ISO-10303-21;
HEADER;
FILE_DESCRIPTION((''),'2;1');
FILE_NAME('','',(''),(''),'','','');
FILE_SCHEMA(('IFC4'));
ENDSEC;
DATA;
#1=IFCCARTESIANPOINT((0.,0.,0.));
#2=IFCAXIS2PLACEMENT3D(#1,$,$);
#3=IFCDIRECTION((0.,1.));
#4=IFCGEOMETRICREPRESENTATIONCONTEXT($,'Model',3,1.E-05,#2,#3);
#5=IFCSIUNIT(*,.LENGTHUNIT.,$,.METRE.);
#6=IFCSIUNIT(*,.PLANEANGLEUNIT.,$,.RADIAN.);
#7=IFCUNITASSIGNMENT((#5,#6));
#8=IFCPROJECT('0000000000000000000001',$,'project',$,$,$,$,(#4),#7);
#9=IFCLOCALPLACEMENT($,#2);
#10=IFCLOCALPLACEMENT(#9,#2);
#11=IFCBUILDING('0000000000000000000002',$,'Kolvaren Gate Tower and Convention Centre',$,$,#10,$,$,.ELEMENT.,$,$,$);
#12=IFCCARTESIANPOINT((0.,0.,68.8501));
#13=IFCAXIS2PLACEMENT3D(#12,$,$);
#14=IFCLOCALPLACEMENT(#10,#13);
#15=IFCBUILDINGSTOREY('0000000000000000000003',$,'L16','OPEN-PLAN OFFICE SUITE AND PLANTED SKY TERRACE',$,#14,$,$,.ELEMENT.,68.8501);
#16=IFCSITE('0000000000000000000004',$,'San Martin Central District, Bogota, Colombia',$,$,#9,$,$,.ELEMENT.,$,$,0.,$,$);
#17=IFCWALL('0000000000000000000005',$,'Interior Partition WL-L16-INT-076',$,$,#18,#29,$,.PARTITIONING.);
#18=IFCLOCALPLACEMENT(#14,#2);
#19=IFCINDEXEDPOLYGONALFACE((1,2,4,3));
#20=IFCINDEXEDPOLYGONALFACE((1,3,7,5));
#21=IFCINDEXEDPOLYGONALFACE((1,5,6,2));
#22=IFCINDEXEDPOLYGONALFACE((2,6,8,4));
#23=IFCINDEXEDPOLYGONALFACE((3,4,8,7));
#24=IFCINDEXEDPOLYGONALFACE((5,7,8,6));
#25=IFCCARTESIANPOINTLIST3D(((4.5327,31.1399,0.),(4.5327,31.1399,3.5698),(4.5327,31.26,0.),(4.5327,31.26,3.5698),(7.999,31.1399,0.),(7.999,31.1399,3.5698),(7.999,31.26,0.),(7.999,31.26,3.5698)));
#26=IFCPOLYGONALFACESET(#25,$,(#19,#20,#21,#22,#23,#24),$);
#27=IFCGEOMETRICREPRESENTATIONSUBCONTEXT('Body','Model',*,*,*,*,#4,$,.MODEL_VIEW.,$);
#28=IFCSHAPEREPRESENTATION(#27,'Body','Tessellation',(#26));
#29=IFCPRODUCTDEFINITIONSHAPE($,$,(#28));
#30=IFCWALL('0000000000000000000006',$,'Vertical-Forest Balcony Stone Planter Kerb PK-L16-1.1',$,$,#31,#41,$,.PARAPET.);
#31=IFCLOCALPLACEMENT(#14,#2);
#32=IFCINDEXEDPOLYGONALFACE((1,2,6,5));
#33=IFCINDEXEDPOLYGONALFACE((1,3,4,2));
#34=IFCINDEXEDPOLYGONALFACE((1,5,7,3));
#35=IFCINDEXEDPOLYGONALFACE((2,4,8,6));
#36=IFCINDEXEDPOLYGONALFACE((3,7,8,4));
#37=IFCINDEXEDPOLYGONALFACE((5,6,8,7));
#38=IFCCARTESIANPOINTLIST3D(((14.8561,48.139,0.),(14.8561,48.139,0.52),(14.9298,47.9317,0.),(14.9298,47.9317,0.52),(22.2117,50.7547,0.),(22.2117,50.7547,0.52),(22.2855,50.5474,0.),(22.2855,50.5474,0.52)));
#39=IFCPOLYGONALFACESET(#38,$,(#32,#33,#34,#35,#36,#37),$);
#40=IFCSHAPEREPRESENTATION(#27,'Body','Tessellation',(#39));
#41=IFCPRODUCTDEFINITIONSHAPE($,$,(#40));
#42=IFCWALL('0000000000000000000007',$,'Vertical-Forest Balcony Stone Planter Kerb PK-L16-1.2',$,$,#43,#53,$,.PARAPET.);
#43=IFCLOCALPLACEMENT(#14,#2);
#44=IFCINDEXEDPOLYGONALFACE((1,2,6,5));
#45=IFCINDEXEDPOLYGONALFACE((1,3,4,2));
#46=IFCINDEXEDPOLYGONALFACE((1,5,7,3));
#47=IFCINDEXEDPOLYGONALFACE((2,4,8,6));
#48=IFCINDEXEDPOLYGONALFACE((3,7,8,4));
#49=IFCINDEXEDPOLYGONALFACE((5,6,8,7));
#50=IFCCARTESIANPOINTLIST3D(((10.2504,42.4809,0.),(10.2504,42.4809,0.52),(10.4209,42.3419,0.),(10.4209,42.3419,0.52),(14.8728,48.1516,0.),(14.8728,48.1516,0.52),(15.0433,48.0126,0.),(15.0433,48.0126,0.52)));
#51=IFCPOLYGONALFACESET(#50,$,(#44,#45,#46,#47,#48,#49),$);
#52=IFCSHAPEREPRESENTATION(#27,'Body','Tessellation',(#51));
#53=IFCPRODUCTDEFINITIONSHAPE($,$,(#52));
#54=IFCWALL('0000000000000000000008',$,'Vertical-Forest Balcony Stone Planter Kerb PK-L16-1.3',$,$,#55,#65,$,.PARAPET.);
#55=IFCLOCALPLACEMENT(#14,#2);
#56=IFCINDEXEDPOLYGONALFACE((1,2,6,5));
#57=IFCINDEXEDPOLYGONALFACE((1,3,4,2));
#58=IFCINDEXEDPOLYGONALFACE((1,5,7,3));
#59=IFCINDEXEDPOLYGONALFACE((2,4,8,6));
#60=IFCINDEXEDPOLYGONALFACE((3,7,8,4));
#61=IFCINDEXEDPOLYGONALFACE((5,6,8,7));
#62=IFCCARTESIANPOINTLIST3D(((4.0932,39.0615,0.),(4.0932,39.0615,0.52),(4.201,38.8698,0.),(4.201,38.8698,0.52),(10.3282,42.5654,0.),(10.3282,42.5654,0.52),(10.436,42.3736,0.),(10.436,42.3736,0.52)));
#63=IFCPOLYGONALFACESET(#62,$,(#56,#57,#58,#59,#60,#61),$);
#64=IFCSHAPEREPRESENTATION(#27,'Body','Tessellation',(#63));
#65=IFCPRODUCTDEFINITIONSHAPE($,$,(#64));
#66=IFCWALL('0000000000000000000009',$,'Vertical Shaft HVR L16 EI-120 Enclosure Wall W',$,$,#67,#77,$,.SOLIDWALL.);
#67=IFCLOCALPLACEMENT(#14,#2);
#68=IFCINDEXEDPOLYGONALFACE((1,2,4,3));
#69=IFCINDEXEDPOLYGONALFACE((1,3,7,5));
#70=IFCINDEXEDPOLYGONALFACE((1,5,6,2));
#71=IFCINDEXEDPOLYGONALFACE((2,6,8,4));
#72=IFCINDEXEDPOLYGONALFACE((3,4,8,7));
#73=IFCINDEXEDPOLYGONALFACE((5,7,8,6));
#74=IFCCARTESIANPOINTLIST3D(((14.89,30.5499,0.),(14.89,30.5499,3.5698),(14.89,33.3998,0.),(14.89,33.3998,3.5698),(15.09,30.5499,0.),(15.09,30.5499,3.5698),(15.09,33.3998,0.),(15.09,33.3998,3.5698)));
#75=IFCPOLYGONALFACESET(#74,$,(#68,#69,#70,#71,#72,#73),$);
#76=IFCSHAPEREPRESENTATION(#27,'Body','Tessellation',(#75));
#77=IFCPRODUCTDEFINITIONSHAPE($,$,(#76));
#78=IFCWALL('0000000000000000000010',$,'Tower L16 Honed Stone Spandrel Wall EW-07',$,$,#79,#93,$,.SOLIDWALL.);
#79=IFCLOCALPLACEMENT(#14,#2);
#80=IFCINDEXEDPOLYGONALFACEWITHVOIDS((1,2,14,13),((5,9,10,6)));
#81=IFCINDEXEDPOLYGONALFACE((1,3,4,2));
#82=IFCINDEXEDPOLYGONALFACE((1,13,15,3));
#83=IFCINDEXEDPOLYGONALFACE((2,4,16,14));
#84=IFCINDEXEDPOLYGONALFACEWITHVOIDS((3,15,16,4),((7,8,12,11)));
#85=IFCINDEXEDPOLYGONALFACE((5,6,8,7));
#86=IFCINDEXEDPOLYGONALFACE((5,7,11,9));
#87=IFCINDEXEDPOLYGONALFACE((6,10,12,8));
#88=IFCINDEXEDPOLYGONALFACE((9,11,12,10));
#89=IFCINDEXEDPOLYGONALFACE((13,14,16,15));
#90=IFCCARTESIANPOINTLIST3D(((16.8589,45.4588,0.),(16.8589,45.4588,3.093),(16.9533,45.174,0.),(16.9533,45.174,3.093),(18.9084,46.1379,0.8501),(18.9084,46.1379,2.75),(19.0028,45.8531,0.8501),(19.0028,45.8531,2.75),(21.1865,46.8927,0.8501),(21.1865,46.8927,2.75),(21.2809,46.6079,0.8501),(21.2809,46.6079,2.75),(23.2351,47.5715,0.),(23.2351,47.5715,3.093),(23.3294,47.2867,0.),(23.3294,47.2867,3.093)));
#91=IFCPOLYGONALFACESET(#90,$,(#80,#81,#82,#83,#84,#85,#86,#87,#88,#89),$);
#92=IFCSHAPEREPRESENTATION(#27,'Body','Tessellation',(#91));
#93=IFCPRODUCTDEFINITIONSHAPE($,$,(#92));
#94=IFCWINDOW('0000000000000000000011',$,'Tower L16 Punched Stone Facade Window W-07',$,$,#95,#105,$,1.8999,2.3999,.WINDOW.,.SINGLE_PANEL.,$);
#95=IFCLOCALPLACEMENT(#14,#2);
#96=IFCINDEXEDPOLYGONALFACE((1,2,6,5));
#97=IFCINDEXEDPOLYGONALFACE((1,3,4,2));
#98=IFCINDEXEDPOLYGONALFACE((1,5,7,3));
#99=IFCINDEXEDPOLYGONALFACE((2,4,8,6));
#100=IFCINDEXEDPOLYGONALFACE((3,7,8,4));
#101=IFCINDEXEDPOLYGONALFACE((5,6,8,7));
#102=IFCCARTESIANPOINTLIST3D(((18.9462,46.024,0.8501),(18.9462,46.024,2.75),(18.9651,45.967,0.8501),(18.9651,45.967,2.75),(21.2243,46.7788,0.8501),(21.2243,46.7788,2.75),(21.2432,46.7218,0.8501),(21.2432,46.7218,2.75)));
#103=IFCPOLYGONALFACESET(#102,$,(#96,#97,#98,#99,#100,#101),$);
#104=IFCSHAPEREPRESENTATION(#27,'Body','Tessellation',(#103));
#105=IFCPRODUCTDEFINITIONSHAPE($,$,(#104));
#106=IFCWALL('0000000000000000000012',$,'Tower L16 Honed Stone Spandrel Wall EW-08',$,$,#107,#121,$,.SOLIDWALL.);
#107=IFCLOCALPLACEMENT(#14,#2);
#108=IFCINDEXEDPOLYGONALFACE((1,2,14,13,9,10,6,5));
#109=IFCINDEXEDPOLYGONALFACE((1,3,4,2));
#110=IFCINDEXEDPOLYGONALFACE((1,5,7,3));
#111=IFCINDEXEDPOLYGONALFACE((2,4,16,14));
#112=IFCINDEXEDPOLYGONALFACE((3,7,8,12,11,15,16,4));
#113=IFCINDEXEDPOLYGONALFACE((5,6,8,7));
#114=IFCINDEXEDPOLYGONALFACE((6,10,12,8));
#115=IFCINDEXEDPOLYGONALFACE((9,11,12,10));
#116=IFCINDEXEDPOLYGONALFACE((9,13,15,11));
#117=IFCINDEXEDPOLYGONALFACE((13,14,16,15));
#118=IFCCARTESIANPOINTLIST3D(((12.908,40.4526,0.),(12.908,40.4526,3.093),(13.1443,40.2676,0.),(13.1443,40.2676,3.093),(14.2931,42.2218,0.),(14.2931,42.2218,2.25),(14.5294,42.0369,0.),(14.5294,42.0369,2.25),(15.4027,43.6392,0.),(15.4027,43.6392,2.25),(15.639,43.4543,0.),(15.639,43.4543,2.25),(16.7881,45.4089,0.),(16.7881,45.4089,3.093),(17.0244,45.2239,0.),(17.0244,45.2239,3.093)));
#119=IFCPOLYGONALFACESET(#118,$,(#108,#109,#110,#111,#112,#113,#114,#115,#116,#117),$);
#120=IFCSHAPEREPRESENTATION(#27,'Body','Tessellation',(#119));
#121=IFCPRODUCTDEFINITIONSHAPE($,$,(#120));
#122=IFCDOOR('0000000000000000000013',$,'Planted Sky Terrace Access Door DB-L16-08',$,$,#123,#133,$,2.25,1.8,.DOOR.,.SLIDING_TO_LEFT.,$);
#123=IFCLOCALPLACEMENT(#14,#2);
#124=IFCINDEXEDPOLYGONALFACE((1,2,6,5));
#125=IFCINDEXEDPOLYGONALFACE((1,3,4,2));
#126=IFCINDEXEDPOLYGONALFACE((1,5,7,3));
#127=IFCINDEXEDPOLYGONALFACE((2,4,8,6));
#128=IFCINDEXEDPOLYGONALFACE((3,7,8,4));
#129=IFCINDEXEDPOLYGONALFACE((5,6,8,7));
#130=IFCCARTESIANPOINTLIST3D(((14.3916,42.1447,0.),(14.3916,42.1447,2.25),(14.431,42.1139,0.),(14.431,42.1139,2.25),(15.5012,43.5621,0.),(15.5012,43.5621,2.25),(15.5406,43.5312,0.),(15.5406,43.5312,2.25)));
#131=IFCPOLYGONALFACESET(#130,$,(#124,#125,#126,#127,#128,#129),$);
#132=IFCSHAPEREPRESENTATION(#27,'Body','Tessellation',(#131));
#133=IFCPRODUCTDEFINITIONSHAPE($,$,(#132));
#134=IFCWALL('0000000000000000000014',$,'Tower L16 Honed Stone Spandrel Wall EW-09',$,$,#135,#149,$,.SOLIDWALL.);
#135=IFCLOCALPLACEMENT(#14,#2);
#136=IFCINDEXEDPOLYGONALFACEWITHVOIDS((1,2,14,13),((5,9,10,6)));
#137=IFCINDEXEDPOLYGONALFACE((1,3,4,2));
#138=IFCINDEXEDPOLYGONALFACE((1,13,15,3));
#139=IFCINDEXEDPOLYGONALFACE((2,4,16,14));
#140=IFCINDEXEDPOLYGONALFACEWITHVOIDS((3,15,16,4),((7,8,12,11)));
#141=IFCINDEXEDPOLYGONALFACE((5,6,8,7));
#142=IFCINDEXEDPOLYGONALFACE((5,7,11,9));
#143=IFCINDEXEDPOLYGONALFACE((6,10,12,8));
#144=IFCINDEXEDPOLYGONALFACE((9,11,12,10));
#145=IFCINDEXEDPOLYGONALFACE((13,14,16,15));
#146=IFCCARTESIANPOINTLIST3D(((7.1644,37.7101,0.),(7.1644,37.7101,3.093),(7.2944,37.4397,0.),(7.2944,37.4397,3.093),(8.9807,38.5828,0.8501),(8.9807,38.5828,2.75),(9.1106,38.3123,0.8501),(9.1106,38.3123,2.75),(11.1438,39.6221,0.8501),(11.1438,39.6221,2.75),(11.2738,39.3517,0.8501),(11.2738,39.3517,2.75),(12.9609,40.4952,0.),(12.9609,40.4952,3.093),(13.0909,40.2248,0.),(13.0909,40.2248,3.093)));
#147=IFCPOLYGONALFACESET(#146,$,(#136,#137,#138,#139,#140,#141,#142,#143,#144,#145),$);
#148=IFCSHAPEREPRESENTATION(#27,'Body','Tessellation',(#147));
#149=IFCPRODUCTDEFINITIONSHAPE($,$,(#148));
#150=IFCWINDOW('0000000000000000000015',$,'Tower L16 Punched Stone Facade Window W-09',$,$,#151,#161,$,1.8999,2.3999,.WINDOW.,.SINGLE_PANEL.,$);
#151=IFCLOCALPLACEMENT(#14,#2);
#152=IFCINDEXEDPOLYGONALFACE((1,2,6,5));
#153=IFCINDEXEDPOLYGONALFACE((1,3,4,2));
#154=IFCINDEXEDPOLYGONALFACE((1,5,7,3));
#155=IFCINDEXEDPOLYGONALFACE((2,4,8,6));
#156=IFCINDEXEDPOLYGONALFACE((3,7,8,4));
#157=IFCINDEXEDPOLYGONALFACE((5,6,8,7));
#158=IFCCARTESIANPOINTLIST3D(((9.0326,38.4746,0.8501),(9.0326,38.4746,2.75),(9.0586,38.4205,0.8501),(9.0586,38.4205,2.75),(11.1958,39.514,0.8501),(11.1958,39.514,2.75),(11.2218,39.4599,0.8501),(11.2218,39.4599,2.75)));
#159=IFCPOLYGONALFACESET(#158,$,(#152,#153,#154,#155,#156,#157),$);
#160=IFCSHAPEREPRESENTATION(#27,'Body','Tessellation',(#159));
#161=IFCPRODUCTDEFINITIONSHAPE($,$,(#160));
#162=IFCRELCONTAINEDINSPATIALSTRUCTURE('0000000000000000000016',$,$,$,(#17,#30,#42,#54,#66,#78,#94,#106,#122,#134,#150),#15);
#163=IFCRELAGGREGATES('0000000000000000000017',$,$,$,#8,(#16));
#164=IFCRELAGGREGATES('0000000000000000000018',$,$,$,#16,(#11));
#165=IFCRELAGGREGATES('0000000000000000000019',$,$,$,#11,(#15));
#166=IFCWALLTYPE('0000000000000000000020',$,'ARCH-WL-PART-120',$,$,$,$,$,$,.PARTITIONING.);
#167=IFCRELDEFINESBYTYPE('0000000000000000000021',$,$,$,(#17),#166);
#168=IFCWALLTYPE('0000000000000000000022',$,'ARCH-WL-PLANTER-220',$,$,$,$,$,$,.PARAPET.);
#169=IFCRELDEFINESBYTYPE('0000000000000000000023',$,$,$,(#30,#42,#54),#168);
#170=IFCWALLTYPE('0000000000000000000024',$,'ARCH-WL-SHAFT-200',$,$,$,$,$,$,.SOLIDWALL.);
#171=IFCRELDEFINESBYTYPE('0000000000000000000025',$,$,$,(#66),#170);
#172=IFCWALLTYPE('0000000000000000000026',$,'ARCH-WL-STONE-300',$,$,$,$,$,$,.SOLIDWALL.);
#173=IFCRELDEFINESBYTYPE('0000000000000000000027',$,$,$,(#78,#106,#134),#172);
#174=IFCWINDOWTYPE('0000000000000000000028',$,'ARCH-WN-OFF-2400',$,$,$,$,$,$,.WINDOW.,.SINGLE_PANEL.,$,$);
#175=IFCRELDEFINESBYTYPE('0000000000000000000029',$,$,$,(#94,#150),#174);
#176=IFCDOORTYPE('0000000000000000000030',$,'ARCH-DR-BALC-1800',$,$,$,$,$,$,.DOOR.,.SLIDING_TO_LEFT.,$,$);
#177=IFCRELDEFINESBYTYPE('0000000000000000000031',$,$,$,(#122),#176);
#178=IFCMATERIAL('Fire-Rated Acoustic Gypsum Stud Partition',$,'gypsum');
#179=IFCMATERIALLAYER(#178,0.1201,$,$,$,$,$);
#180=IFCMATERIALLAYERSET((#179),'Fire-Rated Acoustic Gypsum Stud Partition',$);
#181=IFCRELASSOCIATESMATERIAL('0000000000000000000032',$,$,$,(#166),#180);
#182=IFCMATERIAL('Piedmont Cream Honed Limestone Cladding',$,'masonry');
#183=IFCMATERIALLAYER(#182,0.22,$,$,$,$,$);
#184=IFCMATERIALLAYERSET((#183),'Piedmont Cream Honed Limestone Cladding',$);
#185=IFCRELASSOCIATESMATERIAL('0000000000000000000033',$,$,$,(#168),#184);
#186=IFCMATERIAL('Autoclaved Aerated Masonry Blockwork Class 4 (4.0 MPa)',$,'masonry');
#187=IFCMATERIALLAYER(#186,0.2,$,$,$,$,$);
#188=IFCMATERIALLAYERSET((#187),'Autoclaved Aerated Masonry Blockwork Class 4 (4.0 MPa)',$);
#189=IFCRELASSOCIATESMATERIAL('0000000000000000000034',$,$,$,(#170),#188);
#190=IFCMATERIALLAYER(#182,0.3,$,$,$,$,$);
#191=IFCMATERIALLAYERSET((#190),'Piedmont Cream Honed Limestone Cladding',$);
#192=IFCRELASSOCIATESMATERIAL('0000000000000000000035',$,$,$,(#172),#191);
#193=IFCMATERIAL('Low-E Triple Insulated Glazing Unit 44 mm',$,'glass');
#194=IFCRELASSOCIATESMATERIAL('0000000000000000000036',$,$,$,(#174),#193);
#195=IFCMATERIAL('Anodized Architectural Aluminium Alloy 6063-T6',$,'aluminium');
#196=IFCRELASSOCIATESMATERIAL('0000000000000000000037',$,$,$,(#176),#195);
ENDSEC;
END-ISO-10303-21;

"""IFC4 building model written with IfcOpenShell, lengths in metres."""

from ifc_helpers import new_model, si_unit, direction, frame, frame_2d, origin, place, context, subcontext, project, spatial, rectangle, extrude, material, layer, layer_set, type_object, element, fill, save


model = new_model("IFC4")

# Units and contexts
model_context = context("Model", 3, precision=1e-05, world=origin(), true_north=direction((0.0, 1.0)))
body_context = subcontext(model_context, "Body", "Model", "MODEL_VIEW")
ifc_project = project(units=[si_unit("LENGTHUNIT", "METRE"), si_unit("PLANEANGLEUNIT", "RADIAN")], contexts=[model_context])

# Site, building, storey
site_placement = place(None, origin())
site = spatial("IfcSite", under=ifc_project, at=site_placement, Name="San Martin Central District, Bogota, Colombia", CompositionType="ELEMENT", RefElevation=0.0)
building_placement = place(site_placement, origin())
building = spatial("IfcBuilding", under=site, at=building_placement, Name="Kolvaren Gate Tower and Convention Centre", CompositionType="ELEMENT")
storey_placement = place(building_placement, frame((0.0, 0.0, 68.8501)))
storey = spatial("IfcBuildingStorey", under=building, at=storey_placement, Name="L16", Description="OPEN-PLAN OFFICE SUITE AND PLANTED SKY TERRACE", CompositionType="ELEMENT", Elevation=68.8501)

# Walls
ifc_material_1 = material(Name="Fire-Rated Acoustic Gypsum Stud Partition", Category="gypsum")
ifc_layer_1 = layer(ifc_material_1, 0.1201)
ifc_layer_set_1 = layer_set([ifc_layer_1], Name="Fire-Rated Acoustic Gypsum Stud Partition")
wall_type_1 = type_object("IfcWallType", Name="ARCH-WL-PART-120", PredefinedType="PARTITIONING", material=ifc_layer_set_1)
wall_1_placement = place(storey_placement, frame((4.5327, 31.2, 0.0), z_axis=(0.0, 0.0, 1.0), x_axis=(1.0, 0.0, 0.0)))
element("IfcWall", 1, at=wall_1_placement, inside=storey, type_object=wall_type_1, Name="Interior Partition WL-L16-INT-076", PredefinedType="PARTITIONING", context=body_context, shape_type="SweptSolid", body=[
    extrude(rectangle(XDim=3.4663, YDim=0.1201, at=frame_2d((1.7332, 0.0))), origin(), (0.0, 0.0, 1.0), 3.5698),
])
ifc_material_2 = material(Name="Piedmont Cream Honed Limestone Cladding", Category="masonry")
ifc_layer_2 = layer(ifc_material_2, 0.22)
ifc_layer_set_2 = layer_set([ifc_layer_2], Name="Piedmont Cream Honed Limestone Cladding")
wall_type_2 = type_object("IfcWallType", Name="ARCH-WL-PLANTER-220", PredefinedType="PARAPET", material=ifc_layer_set_2)
wall_2_placement = place(storey_placement, frame((14.8931, 48.0354, 0.0), z_axis=(0.0, 0.0, 1.0), x_axis=(0.9422, 0.33505, 0.0)))
element("IfcWall", 2, at=wall_2_placement, inside=storey, type_object=wall_type_2, Name="Vertical-Forest Balcony Stone Planter Kerb PK-L16-1.1", PredefinedType="PARAPET", context=body_context, shape_type="SweptSolid", body=[
    extrude(rectangle(XDim=7.8069, YDim=0.22, at=frame_2d((3.9033, 0.0))), origin(), (0.0, 0.0, 1.0), 0.52),
])
wall_3_placement = place(storey_placement, frame((10.3357, 42.4114, 0.0), z_axis=(0.0, 0.0, 1.0), x_axis=(0.631819, 0.775116, 0.0)))
element("IfcWall", 3, at=wall_3_placement, inside=storey, type_object=wall_type_2, Name="Vertical-Forest Balcony Stone Planter Kerb PK-L16-1.2", PredefinedType="PARAPET", context=body_context, shape_type="SweptSolid", body=[
    extrude(rectangle(XDim=7.3159, YDim=0.22, at=frame_2d((3.658, 0.0))), origin(), (0.0, 0.0, 1.0), 0.52),
])
wall_4_placement = place(storey_placement, frame((4.147, 38.9656, 0.0), z_axis=(0.0, 0.0, 1.0), x_axis=(0.871775, 0.489906, 0.0)))
element("IfcWall", 4, at=wall_4_placement, inside=storey, type_object=wall_type_2, Name="Vertical-Forest Balcony Stone Planter Kerb PK-L16-1.3", PredefinedType="PARAPET", context=body_context, shape_type="SweptSolid", body=[
    extrude(rectangle(XDim=7.1521, YDim=0.22, at=frame_2d((3.5762, 0.0))), origin(), (0.0, 0.0, 1.0), 0.52),
])
ifc_material_3 = material(Name="Autoclaved Aerated Masonry Blockwork Class 4 (4.0 MPa)", Category="masonry")
ifc_layer_3 = layer(ifc_material_3, 0.2)
ifc_layer_set_3 = layer_set([ifc_layer_3], Name="Autoclaved Aerated Masonry Blockwork Class 4 (4.0 MPa)")
wall_type_3 = type_object("IfcWallType", Name="ARCH-WL-SHAFT-200", PredefinedType="SOLIDWALL", material=ifc_layer_set_3)
wall_5_placement = place(storey_placement, frame((14.99, 30.55, 0.0), z_axis=(0.0, 0.0, 1.0), x_axis=(0.0, 1.0, 0.0)))
element("IfcWall", 5, at=wall_5_placement, inside=storey, type_object=wall_type_3, Name="Vertical Shaft HVR L16 EI-120 Enclosure Wall W", PredefinedType="SOLIDWALL", context=body_context, shape_type="SweptSolid", body=[
    extrude(rectangle(XDim=2.8499, YDim=0.2, at=frame_2d((1.4248, 0.0))), origin(), (0.0, 0.0, 1.0), 3.5698),
])

# Wall, opening, window
ifc_layer_4 = layer(ifc_material_2, 0.3)
ifc_layer_set_4 = layer_set([ifc_layer_4], Name="Piedmont Cream Honed Limestone Cladding")
wall_type_4 = type_object("IfcWallType", Name="ARCH-WL-STONE-300", PredefinedType="SOLIDWALL", material=ifc_layer_set_4)
wall_6_placement = place(storey_placement, frame((16.9062, 45.3164, 0.0), z_axis=(0.0, 0.0, 1.0), x_axis=(0.949245, 0.314537, 0.0)))
wall_6 = element("IfcWall", 6, at=wall_6_placement, inside=storey, type_object=wall_type_4, Name="Tower L16 Honed Stone Spandrel Wall EW-07", PredefinedType="SOLIDWALL", context=body_context, shape_type="SweptSolid", body=[
    extrude(rectangle(XDim=6.717, YDim=0.3, at=frame_2d((3.3584, 0.0))), origin(), (0.0, 0.0, 1.0), 3.093),
])
opening_1_placement = place(wall_6_placement, frame((2.1589, 0.0, 0.8501)))
opening_1 = element("IfcOpeningElement", 7, at=opening_1_placement, cuts=wall_6, PredefinedType="OPENING", context=body_context, shape_type="SweptSolid", body=[
    extrude(rectangle(XDim=2.3999, YDim=1.8999, at=frame_2d((1.2, 0.95))), frame((0.0, 0.1599, 0.0), z_axis=(0.0, -1.0, 0.0), x_axis=(1.0, 0.0, 0.0)), (0.0, 0.0, 1.0), 0.3201),
])
ifc_material_4 = material(Name="Low-E Triple Insulated Glazing Unit 44 mm", Category="glass")
window_type = type_object("IfcWindowType", Name="ARCH-WN-OFF-2400", PartitioningType="SINGLE_PANEL", PredefinedType="WINDOW", material=ifc_material_4)
window_1_placement = place(opening_1_placement, origin())
window_1 = element("IfcWindow", 8, at=window_1_placement, inside=storey, type_object=window_type, Name="Tower L16 Punched Stone Facade Window W-07", OverallHeight=1.8999, OverallWidth=2.3999, PartitioningType="SINGLE_PANEL", PredefinedType="WINDOW", context=body_context, shape_type="SweptSolid", body=[
    extrude(rectangle(XDim=2.3999, YDim=1.8999, at=frame_2d((1.2, 0.95))), frame((0.0, 0.03, 0.0), z_axis=(0.0, -1.0, 0.0), x_axis=(1.0, 0.0, 0.0)), (0.0, 0.0, 1.0), 0.0601),
])
fill(opening_1, window_1)

# Wall, opening, door
wall_7_placement = place(storey_placement, frame((13.0261, 40.3601, 0.0), z_axis=(0.0, 0.0, 1.0), x_axis=(0.616435, 0.787406, 0.0)))
wall_7 = element("IfcWall", 9, at=wall_7_placement, inside=storey, type_object=wall_type_4, Name="Tower L16 Honed Stone Spandrel Wall EW-08", PredefinedType="SOLIDWALL", context=body_context, shape_type="SweptSolid", body=[
    extrude(rectangle(XDim=6.2944, YDim=0.3, at=frame_2d((3.1472, 0.0))), origin(), (0.0, 0.0, 1.0), 3.093),
])
opening_2_placement = place(wall_7_placement, frame((2.2471, 0.0, 0.0)))
opening_2 = element("IfcOpeningElement", 10, at=opening_2_placement, cuts=wall_7, PredefinedType="OPENING", context=body_context, shape_type="SweptSolid", body=[
    extrude(rectangle(XDim=1.8, YDim=2.25, at=frame_2d((0.8999, 1.125))), frame((0.0, 0.1599, 0.0), z_axis=(0.0, -1.0, 0.0), x_axis=(1.0, 0.0, 0.0)), (0.0, 0.0, 1.0), 0.3201),
])
ifc_material_5 = material(Name="Anodized Architectural Aluminium Alloy 6063-T6", Category="aluminium")
door_type = type_object("IfcDoorType", Name="ARCH-DR-BALC-1800", OperationType="SLIDING_TO_LEFT", PredefinedType="DOOR", material=ifc_material_5)
door_placement = place(opening_2_placement, origin())
door = element("IfcDoor", 11, at=door_placement, inside=storey, type_object=door_type, Name="Planted Sky Terrace Access Door DB-L16-08", OperationType="SLIDING_TO_LEFT", OverallHeight=2.25, OverallWidth=1.8, PredefinedType="DOOR", context=body_context, shape_type="SweptSolid", body=[
    extrude(rectangle(XDim=1.8, YDim=2.25, at=frame_2d((0.8999, 1.125))), frame((0.0, 0.0249, 0.0), z_axis=(0.0, -1.0, 0.0), x_axis=(1.0, 0.0, 0.0)), (0.0, 0.0, 1.0), 0.05),
])
fill(opening_2, door)

# Wall, opening, window
wall_8_placement = place(storey_placement, frame((7.2295, 37.575, 0.0), z_axis=(0.0, 0.0, 1.0), x_axis=(0.901355, 0.433082, 0.0)))
wall_8 = element("IfcWall", 12, at=wall_8_placement, inside=storey, type_object=wall_type_4, Name="Tower L16 Honed Stone Spandrel Wall EW-09", PredefinedType="SOLIDWALL", context=body_context, shape_type="SweptSolid", body=[
    extrude(rectangle(XDim=6.4309, YDim=0.3, at=frame_2d((3.2153, 0.0))), origin(), (0.0, 0.0, 1.0), 3.093),
])
opening_3_placement = place(wall_8_placement, frame((2.0149, 0.0, 0.8501)))
opening_3 = element("IfcOpeningElement", 13, at=opening_3_placement, cuts=wall_8, PredefinedType="OPENING", context=body_context, shape_type="SweptSolid", body=[
    extrude(rectangle(XDim=2.3999, YDim=1.8999, at=frame_2d((1.2, 0.95))), frame((0.0, 0.1599, 0.0), z_axis=(0.0, -1.0, 0.0), x_axis=(1.0, 0.0, 0.0)), (0.0, 0.0, 1.0), 0.3201),
])
window_2_placement = place(opening_3_placement, origin())
window_2 = element("IfcWindow", 14, at=window_2_placement, inside=storey, type_object=window_type, Name="Tower L16 Punched Stone Facade Window W-09", OverallHeight=1.8999, OverallWidth=2.3999, PartitioningType="SINGLE_PANEL", PredefinedType="WINDOW", context=body_context, shape_type="SweptSolid", body=[
    extrude(rectangle(XDim=2.3999, YDim=1.8999, at=frame_2d((1.2, 0.95))), frame((0.0, 0.03, 0.0), z_axis=(0.0, -1.0, 0.0), x_axis=(1.0, 0.0, 0.0)), (0.0, 0.0, 1.0), 0.0601),
])
fill(opening_3, window_2)

save(model, "model.ifc")
